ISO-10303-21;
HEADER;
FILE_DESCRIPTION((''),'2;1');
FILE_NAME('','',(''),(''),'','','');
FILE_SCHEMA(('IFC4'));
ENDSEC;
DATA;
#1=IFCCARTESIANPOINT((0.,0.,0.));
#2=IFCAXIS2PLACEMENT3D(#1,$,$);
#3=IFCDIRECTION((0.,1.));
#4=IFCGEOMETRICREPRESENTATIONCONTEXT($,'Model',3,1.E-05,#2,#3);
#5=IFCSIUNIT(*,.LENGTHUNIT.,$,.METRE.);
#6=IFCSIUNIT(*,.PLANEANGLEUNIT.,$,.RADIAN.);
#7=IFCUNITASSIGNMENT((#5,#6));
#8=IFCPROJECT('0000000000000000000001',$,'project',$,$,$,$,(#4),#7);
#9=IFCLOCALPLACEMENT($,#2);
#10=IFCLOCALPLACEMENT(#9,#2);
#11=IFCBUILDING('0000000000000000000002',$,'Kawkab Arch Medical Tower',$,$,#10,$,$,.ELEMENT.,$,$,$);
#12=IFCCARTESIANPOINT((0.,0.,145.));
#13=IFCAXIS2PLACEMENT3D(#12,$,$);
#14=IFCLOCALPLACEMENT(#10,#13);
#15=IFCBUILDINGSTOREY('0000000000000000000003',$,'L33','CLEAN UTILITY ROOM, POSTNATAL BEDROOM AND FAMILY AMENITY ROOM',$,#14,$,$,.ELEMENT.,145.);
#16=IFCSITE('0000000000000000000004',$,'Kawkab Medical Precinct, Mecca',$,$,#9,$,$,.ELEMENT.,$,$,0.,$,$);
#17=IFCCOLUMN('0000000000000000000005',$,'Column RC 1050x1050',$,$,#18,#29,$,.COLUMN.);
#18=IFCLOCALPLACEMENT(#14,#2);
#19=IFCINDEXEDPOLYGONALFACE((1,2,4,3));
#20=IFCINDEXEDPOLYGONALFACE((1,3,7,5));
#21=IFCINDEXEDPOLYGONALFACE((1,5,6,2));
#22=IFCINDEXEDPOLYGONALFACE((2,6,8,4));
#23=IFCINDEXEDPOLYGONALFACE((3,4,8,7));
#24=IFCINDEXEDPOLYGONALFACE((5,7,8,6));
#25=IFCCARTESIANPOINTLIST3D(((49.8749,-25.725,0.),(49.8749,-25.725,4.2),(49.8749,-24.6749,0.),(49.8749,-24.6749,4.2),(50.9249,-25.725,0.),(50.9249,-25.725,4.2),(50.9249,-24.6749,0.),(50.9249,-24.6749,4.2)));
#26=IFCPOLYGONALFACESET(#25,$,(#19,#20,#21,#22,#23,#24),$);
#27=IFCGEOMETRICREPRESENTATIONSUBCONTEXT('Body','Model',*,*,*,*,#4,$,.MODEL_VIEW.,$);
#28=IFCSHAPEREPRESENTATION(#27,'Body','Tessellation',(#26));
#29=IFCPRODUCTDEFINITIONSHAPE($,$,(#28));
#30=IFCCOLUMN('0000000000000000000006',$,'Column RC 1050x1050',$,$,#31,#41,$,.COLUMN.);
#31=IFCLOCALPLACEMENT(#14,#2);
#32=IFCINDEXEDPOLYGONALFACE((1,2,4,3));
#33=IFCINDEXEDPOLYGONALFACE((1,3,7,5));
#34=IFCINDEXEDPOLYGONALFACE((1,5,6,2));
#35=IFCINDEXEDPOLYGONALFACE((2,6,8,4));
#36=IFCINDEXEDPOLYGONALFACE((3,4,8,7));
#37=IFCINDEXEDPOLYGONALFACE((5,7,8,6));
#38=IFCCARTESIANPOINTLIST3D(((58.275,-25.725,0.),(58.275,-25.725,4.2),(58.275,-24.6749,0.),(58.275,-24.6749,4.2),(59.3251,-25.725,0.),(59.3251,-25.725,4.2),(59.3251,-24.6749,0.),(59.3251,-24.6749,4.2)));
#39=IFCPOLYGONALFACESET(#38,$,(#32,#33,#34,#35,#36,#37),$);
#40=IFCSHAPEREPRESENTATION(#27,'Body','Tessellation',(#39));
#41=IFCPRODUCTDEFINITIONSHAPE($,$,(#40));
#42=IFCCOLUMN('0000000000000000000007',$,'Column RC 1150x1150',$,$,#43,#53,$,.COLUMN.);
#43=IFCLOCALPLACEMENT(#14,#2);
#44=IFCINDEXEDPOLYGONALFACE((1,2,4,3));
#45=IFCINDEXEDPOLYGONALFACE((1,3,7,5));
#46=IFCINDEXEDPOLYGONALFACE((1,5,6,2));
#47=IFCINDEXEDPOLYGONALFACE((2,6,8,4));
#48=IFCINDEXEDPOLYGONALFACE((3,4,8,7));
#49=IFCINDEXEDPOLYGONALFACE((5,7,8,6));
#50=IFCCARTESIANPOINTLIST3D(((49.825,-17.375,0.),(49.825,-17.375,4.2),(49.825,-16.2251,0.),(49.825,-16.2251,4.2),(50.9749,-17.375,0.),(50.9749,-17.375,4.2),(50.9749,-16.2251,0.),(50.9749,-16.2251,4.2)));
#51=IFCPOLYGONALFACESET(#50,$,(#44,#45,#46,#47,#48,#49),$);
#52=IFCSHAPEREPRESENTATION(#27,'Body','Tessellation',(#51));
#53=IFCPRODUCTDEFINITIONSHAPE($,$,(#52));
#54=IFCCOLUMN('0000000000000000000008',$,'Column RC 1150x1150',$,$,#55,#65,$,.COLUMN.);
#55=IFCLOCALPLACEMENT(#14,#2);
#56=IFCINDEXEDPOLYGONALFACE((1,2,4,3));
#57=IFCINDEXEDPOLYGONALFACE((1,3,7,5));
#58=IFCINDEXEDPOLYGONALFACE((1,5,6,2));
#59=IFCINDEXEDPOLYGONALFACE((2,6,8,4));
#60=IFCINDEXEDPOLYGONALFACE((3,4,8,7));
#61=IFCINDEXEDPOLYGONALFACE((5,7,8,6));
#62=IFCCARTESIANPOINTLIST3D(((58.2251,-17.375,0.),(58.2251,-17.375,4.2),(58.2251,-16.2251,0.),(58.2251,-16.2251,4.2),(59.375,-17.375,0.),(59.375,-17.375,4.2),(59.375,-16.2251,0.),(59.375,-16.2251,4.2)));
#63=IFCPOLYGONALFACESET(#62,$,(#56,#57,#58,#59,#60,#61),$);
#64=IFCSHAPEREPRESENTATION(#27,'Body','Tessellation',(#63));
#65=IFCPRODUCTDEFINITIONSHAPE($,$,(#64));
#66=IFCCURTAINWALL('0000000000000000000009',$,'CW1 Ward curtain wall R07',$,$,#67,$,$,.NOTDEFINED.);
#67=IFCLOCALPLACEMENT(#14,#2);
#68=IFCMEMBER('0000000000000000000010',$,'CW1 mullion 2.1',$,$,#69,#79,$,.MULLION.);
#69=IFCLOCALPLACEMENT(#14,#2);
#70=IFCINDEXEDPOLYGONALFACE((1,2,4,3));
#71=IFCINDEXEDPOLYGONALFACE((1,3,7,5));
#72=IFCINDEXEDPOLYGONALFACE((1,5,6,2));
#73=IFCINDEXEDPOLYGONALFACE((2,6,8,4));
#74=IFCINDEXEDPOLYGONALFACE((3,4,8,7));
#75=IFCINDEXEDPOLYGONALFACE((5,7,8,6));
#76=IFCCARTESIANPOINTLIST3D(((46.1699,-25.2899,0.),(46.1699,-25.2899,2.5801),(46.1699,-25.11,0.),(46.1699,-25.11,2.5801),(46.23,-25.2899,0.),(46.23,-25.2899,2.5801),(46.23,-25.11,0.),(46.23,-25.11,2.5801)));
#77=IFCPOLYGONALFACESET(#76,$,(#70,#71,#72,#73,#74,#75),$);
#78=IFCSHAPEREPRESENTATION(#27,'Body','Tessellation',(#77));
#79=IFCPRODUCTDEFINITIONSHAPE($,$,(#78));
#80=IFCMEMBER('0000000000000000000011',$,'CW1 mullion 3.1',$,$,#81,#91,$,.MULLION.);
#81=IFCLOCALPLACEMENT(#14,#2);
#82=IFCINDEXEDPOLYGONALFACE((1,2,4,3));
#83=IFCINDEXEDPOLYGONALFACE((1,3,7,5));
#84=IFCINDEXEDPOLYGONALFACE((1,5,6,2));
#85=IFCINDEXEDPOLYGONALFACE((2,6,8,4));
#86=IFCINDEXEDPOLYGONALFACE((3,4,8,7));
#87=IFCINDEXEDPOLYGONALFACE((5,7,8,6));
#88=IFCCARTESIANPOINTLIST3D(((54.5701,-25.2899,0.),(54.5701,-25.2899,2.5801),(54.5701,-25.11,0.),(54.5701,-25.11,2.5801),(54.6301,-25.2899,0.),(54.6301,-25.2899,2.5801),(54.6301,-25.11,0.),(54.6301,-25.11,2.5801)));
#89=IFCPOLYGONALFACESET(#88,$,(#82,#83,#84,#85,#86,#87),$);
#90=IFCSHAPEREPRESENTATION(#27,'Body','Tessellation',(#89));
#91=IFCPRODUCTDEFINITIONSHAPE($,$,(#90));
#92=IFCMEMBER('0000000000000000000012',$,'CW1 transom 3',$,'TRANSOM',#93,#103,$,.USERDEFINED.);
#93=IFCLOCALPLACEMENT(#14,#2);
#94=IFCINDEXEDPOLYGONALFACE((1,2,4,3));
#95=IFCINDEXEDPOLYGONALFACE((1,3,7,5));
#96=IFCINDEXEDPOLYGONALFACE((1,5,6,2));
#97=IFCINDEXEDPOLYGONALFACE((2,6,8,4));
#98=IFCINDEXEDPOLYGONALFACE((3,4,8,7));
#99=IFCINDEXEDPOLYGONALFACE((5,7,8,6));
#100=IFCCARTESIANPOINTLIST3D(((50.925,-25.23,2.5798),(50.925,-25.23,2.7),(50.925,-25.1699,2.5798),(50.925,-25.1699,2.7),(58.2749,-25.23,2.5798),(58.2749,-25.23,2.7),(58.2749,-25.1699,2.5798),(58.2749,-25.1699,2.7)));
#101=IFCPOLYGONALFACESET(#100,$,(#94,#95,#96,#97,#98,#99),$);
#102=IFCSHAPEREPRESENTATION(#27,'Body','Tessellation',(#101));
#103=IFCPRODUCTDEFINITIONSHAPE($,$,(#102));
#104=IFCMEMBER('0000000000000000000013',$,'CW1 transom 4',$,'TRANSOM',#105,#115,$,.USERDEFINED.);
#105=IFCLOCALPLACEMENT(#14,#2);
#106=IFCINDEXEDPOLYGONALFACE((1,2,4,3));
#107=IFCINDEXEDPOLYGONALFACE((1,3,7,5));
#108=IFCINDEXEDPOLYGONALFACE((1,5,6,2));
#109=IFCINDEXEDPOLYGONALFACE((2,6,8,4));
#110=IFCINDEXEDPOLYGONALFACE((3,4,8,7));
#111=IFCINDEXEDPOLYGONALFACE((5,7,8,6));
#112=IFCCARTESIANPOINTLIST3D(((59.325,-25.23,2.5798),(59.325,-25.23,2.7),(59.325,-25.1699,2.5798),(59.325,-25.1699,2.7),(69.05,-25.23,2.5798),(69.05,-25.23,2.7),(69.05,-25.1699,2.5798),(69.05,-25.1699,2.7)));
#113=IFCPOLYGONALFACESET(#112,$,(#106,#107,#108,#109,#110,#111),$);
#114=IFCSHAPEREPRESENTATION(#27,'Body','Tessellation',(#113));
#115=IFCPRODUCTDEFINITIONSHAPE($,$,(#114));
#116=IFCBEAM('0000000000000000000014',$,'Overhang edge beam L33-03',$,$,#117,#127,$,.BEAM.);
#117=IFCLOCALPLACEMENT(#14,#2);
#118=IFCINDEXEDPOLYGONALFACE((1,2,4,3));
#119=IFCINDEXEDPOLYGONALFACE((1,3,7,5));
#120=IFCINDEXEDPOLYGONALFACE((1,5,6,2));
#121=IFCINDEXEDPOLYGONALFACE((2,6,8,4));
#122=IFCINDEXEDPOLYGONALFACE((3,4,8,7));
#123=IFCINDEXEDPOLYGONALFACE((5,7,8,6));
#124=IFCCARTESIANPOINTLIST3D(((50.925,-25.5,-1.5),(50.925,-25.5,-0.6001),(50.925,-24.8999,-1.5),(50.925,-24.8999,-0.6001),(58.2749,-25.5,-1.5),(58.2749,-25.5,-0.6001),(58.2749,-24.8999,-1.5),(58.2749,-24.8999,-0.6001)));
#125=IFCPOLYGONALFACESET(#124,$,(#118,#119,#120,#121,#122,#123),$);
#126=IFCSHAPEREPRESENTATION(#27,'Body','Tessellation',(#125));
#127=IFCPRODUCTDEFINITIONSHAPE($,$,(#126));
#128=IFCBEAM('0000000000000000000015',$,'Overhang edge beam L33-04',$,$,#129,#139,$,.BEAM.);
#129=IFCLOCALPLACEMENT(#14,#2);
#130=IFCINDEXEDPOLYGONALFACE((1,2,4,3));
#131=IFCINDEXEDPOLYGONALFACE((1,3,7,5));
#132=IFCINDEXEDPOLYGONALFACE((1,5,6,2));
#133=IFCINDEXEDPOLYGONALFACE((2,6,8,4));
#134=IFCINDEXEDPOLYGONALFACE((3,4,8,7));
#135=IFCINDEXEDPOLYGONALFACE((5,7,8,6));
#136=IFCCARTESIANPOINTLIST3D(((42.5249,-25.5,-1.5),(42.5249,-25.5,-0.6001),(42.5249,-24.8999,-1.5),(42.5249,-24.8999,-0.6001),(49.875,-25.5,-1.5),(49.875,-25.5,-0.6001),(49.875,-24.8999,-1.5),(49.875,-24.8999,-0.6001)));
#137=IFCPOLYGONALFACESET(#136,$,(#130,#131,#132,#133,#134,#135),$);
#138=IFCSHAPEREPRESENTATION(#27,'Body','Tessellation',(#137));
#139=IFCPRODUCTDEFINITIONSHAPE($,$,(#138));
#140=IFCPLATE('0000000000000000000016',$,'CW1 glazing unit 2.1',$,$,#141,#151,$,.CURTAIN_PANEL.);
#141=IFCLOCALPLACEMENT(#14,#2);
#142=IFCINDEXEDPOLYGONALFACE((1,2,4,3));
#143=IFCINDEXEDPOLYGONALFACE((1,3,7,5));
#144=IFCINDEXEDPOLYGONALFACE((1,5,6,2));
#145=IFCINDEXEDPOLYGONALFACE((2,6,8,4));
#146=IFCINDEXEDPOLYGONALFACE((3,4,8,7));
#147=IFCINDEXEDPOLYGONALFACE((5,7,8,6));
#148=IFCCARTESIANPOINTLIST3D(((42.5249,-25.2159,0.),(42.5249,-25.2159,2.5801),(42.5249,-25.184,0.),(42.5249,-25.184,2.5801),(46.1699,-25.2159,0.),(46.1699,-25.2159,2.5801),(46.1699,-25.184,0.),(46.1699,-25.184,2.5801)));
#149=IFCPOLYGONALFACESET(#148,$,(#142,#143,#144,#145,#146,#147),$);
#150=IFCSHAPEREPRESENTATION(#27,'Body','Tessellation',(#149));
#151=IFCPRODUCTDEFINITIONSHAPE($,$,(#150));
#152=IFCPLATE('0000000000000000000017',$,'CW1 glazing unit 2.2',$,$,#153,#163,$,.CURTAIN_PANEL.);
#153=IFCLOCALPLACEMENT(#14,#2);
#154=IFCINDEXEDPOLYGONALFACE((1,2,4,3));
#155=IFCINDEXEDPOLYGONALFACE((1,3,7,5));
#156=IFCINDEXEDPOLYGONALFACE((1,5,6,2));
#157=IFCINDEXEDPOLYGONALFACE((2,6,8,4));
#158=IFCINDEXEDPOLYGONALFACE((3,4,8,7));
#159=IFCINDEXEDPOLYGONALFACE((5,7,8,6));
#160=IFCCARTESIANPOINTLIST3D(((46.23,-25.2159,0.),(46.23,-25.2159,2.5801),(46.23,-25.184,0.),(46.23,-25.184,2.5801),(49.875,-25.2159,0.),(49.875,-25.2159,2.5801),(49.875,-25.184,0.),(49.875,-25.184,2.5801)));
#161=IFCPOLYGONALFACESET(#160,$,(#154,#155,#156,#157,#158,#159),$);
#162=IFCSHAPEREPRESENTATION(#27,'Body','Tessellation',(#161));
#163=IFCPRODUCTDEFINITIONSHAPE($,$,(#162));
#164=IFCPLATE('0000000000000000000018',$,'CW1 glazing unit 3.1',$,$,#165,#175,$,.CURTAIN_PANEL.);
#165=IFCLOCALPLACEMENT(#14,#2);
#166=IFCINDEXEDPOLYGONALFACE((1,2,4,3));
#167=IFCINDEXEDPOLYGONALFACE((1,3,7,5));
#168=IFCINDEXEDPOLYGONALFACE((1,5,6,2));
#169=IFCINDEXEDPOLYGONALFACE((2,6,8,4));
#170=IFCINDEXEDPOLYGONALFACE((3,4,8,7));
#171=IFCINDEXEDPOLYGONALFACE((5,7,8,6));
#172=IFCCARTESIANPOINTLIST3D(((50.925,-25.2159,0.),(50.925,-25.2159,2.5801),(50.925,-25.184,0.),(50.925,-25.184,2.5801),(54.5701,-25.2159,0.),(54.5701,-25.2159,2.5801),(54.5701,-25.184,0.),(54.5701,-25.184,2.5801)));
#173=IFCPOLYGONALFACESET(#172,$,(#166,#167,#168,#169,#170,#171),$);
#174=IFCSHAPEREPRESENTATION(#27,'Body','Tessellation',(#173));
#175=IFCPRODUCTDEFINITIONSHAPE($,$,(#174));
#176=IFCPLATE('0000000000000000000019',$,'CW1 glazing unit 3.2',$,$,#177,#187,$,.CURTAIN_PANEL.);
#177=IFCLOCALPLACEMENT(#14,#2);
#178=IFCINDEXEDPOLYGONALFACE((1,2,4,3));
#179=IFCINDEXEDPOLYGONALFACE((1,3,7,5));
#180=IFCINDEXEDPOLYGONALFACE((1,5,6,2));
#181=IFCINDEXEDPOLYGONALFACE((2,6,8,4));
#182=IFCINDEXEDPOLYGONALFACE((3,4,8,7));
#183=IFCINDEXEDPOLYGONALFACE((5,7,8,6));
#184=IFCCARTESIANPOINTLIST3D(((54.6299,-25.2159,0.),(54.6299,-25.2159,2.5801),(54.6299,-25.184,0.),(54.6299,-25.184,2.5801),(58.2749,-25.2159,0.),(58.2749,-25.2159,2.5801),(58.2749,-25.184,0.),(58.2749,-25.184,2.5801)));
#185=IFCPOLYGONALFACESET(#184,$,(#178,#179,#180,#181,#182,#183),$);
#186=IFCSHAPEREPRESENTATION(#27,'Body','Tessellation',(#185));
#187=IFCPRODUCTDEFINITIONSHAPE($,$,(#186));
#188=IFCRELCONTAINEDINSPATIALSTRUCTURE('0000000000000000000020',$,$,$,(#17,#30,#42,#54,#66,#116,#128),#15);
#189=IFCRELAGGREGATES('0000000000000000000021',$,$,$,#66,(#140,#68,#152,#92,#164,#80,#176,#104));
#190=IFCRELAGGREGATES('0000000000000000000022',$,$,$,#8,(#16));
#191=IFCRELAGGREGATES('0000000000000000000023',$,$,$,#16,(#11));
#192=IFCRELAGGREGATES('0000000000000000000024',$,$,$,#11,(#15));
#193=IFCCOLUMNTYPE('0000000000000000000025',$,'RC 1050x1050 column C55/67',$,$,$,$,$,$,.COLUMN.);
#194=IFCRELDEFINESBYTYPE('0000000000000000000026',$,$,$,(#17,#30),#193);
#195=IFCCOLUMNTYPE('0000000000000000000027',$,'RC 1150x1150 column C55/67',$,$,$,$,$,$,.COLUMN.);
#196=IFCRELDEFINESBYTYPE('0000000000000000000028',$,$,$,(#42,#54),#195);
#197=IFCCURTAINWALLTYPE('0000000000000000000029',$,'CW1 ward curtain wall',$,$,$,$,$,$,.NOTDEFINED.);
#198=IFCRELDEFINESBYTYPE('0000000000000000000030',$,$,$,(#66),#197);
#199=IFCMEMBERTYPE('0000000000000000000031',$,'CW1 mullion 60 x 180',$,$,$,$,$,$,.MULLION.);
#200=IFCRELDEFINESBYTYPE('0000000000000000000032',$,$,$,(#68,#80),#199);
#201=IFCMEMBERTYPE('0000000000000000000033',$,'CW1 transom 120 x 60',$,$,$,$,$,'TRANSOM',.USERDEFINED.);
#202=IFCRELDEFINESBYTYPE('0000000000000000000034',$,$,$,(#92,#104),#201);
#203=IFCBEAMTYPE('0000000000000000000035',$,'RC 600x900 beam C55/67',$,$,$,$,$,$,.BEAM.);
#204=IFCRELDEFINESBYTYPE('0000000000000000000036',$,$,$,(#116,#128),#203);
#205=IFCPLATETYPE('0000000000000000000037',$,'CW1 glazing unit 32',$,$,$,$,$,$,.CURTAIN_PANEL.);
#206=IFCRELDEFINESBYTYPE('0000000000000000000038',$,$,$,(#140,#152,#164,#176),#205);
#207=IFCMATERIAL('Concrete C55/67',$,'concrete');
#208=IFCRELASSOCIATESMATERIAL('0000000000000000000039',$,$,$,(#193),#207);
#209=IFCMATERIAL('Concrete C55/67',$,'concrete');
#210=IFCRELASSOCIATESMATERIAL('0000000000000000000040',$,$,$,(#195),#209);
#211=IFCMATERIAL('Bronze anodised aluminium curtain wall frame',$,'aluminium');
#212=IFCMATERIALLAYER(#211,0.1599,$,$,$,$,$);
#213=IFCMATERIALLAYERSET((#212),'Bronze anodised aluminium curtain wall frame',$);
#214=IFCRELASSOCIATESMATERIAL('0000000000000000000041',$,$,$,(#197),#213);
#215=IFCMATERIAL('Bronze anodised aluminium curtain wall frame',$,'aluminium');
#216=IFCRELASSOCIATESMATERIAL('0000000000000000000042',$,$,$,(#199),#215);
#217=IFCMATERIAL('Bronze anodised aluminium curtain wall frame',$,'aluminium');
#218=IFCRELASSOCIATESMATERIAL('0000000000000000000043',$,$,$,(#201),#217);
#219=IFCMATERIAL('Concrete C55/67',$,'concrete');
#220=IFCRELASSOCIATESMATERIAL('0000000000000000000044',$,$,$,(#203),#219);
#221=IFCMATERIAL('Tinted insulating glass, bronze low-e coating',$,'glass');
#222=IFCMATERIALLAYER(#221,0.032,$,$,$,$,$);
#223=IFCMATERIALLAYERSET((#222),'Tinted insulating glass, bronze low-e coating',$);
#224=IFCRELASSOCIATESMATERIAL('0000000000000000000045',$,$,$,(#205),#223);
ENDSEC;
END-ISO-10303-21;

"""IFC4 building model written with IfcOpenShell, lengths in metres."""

from ifc_helpers import new_model, si_unit, direction, frame, origin, origin_2d, place, context, subcontext, project, spatial, rectangle, extrude, material, layer, layer_set, material_profile, profile_set, type_object, element, aggregate, save


model = new_model("IFC4")

# Units and contexts
model_context = context("Model", 3, precision=1e-05, world=origin(), true_north=direction((0.0, 1.0)))
body_context = subcontext(model_context, "Body", "Model", "MODEL_VIEW")
ifc_project = project(units=[si_unit("LENGTHUNIT", "METRE"), si_unit("PLANEANGLEUNIT", "RADIAN")], contexts=[model_context])

# Site, building, storey
site_placement = place(None, origin())
site = spatial("IfcSite", under=ifc_project, at=site_placement, Name="Kawkab Medical Precinct, Mecca", CompositionType="ELEMENT", RefElevation=0.0)
building_placement = place(site_placement, origin())
building = spatial("IfcBuilding", under=site, at=building_placement, Name="Kawkab Arch Medical Tower", CompositionType="ELEMENT")
storey_placement = place(building_placement, frame((0.0, 0.0, 145.0)))
storey = spatial("IfcBuildingStorey", under=building, at=storey_placement, Name="L33", Description="CLEAN UTILITY ROOM, POSTNATAL BEDROOM AND FAMILY AMENITY ROOM", CompositionType="ELEMENT", Elevation=145.0)

# Columns
ifc_material_1 = material(Name="Concrete C55/67", Category="concrete")
ifc_material_profile_1 = material_profile(ifc_material_1, rectangle(XDim=1.05, YDim=1.05, at=origin_2d()), Name="RC 1050x1050")
ifc_profile_set_1 = profile_set([ifc_material_profile_1], Name="Concrete C55/67")
column_type_1 = type_object("IfcColumnType", Name="RC 1050x1050 column C55/67", PredefinedType="COLUMN", material=ifc_profile_set_1)
for number, where, z_axis, x_axis, name in (
    (1, (50.3999, -25.2, 0.0), (0.0, 0.0, 1.0), (1.0, 0.0, 0.0), "Column RC 1050x1050"),
    (2, (58.8, -25.2, 0.0), (0.0, 0.0, 1.0), (1.0, 0.0, 0.0), "Column RC 1050x1050"),
):
    element("IfcColumn", number, at=place(storey_placement, frame(where, z_axis=z_axis, x_axis=x_axis)), inside=storey, type_object=column_type_1, Name=name, PredefinedType="COLUMN", context=body_context, shape_type="SweptSolid", body=[
        extrude(rectangle(XDim=1.05, YDim=1.05, at=origin_2d()), origin(), (0.0, 0.0, 1.0), 4.2),
    ])
ifc_material_2 = material(Name="Concrete C55/67", Category="concrete")
ifc_material_profile_2 = material_profile(ifc_material_2, rectangle(XDim=1.1499, YDim=1.1499, at=origin_2d()), Name="RC 1150x1150")
ifc_profile_set_2 = profile_set([ifc_material_profile_2], Name="Concrete C55/67")
column_type_2 = type_object("IfcColumnType", Name="RC 1150x1150 column C55/67", PredefinedType="COLUMN", material=ifc_profile_set_2)
for number, where, z_axis, x_axis, name in (
    (3, (50.3999, -16.8, 0.0), (0.0, 0.0, 1.0), (1.0, 0.0, 0.0), "Column RC 1150x1150"),
    (4, (58.8, -16.8, 0.0), (0.0, 0.0, 1.0), (1.0, 0.0, 0.0), "Column RC 1150x1150"),
):
    element("IfcColumn", number, at=place(storey_placement, frame(where, z_axis=z_axis, x_axis=x_axis)), inside=storey, type_object=column_type_2, Name=name, PredefinedType="COLUMN", context=body_context, shape_type="SweptSolid", body=[
        extrude(rectangle(XDim=1.1499, YDim=1.1499, at=origin_2d()), origin(), (0.0, 0.0, 1.0), 4.2),
    ])

# Curtain wall, members
ifc_material_3 = material(Name="Bronze anodised aluminium curtain wall frame", Category="aluminium")
ifc_layer_1 = layer(ifc_material_3, 0.1599)
ifc_layer_set_1 = layer_set([ifc_layer_1], Name="Bronze anodised aluminium curtain wall frame")
curtain_wall_type = type_object("IfcCurtainWallType", Name="CW1 ward curtain wall", PredefinedType="NOTDEFINED", material=ifc_layer_set_1)
curtain_wall_placement = place(storey_placement, origin())
curtain_wall = element("IfcCurtainWall", 5, at=curtain_wall_placement, inside=storey, type_object=curtain_wall_type, Name="CW1 Ward curtain wall R07", PredefinedType="NOTDEFINED")
ifc_material_4 = material(Name="Bronze anodised aluminium curtain wall frame", Category="aluminium")
ifc_material_profile_3 = material_profile(ifc_material_4, rectangle(XDim=0.1799, YDim=0.0601, at=origin_2d()), Name="AL 60x180")
ifc_profile_set_3 = profile_set([ifc_material_profile_3], Name="Bronze anodised aluminium curtain wall frame")
member_type_1 = type_object("IfcMemberType", Name="CW1 mullion 60 x 180", PredefinedType="MULLION", material=ifc_profile_set_3)
member_1_placement = place(storey_placement, frame((46.2, -25.2, 0.0), z_axis=(0.0, 0.0, 1.0), x_axis=(0.0, 1.0, 0.0)))
member_1 = element("IfcMember", 6, at=member_1_placement, type_object=member_type_1, Name="CW1 mullion 2.1", PredefinedType="MULLION", context=body_context, shape_type="SweptSolid", body=[
    extrude(rectangle(XDim=0.1799, YDim=0.0601, at=origin_2d()), origin(), (0.0, 0.0, 1.0), 2.5801),
])
member_2_placement = place(storey_placement, frame((54.6001, -25.2, 0.0), z_axis=(0.0, 0.0, 1.0), x_axis=(0.0, 1.0, 0.0)))
member_2 = element("IfcMember", 7, at=member_2_placement, type_object=member_type_1, Name="CW1 mullion 3.1", PredefinedType="MULLION", context=body_context, shape_type="SweptSolid", body=[
    extrude(rectangle(XDim=0.1799, YDim=0.0601, at=origin_2d()), origin(), (0.0, 0.0, 1.0), 2.5801),
])
ifc_material_5 = material(Name="Bronze anodised aluminium curtain wall frame", Category="aluminium")
ifc_material_profile_4 = material_profile(ifc_material_5, rectangle(XDim=0.0601, YDim=0.1201, at=origin_2d()), Name="AL 60x120")
ifc_profile_set_4 = profile_set([ifc_material_profile_4], Name="Bronze anodised aluminium curtain wall frame")
member_type_2 = type_object("IfcMemberType", Name="CW1 transom 120 x 60", ElementType="TRANSOM", PredefinedType="USERDEFINED", material=ifc_profile_set_4)
member_3_placement = place(storey_placement, frame((50.925, -25.2, 2.6399), z_axis=(1.0, 0.0, 0.0), x_axis=(0.0, 1.0, 0.0)))
member_3 = element("IfcMember", 8, at=member_3_placement, type_object=member_type_2, Name="CW1 transom 3", ObjectType="TRANSOM", PredefinedType="USERDEFINED", context=body_context, shape_type="SweptSolid", body=[
    extrude(rectangle(XDim=0.0601, YDim=0.1201, at=origin_2d()), origin(), (0.0, 0.0, 1.0), 7.3499),
])
member_4_placement = place(storey_placement, frame((59.325, -25.2, 2.6399), z_axis=(1.0, 0.0, 0.0), x_axis=(0.0, 1.0, 0.0)))
member_4 = element("IfcMember", 9, at=member_4_placement, type_object=member_type_2, Name="CW1 transom 4", ObjectType="TRANSOM", PredefinedType="USERDEFINED", context=body_context, shape_type="SweptSolid", body=[
    extrude(rectangle(XDim=0.0601, YDim=0.1201, at=origin_2d()), origin(), (0.0, 0.0, 1.0), 9.7251),
])

# Beams
ifc_material_6 = material(Name="Concrete C55/67", Category="concrete")
ifc_material_profile_5 = material_profile(ifc_material_6, rectangle(XDim=0.6001, YDim=0.8999, at=origin_2d()), Name="RC 600x900")
ifc_profile_set_5 = profile_set([ifc_material_profile_5], Name="Concrete C55/67")
beam_type = type_object("IfcBeamType", Name="RC 600x900 beam C55/67", PredefinedType="BEAM", material=ifc_profile_set_5)
beam_1_placement = place(storey_placement, frame((58.2749, -25.2, -1.05), z_axis=(-1.0, 0.0, 0.0), x_axis=(0.0, -1.0, 0.0)))
element("IfcBeam", 10, at=beam_1_placement, inside=storey, type_object=beam_type, Name="Overhang edge beam L33-03", PredefinedType="BEAM", context=body_context, shape_type="SweptSolid", body=[
    extrude(rectangle(XDim=0.6001, YDim=0.8999, at=origin_2d()), origin(), (0.0, 0.0, 1.0), 7.3499),
])
beam_2_placement = place(storey_placement, frame((49.875, -25.2, -1.05), z_axis=(-1.0, 0.0, 0.0), x_axis=(0.0, -1.0, 0.0)))
element("IfcBeam", 11, at=beam_2_placement, inside=storey, type_object=beam_type, Name="Overhang edge beam L33-04", PredefinedType="BEAM", context=body_context, shape_type="SweptSolid", body=[
    extrude(rectangle(XDim=0.6001, YDim=0.8999, at=origin_2d()), origin(), (0.0, 0.0, 1.0), 7.3501),
])

# Plates
ifc_material_7 = material(Name="Tinted insulating glass, bronze low-e coating", Category="glass")
ifc_layer_2 = layer(ifc_material_7, 0.032)
ifc_layer_set_2 = layer_set([ifc_layer_2], Name="Tinted insulating glass, bronze low-e coating")
plate_type = type_object("IfcPlateType", Name="CW1 glazing unit 32", PredefinedType="CURTAIN_PANEL", material=ifc_layer_set_2)
plate_1_placement = place(storey_placement, frame((44.3474, -25.2, 0.0), z_axis=(0.0, 0.0, 1.0), x_axis=(1.0, 0.0, 0.0)))
plate_1 = element("IfcPlate", 12, at=plate_1_placement, type_object=plate_type, Name="CW1 glazing unit 2.1", PredefinedType="CURTAIN_PANEL", context=body_context, shape_type="SweptSolid", body=[
    extrude(rectangle(XDim=3.645, YDim=0.032, at=origin_2d()), origin(), (0.0, 0.0, 1.0), 2.5801),
])
plate_2_placement = place(storey_placement, frame((48.0525, -25.2, 0.0), z_axis=(0.0, 0.0, 1.0), x_axis=(1.0, 0.0, 0.0)))
plate_2 = element("IfcPlate", 13, at=plate_2_placement, type_object=plate_type, Name="CW1 glazing unit 2.2", PredefinedType="CURTAIN_PANEL", context=body_context, shape_type="SweptSolid", body=[
    extrude(rectangle(XDim=3.645, YDim=0.032, at=origin_2d()), origin(), (0.0, 0.0, 1.0), 2.5801),
])
plate_3_placement = place(storey_placement, frame((52.7476, -25.2, 0.0), z_axis=(0.0, 0.0, 1.0), x_axis=(1.0, 0.0, 0.0)))
plate_3 = element("IfcPlate", 14, at=plate_3_placement, type_object=plate_type, Name="CW1 glazing unit 3.1", PredefinedType="CURTAIN_PANEL", context=body_context, shape_type="SweptSolid", body=[
    extrude(rectangle(XDim=3.645, YDim=0.032, at=origin_2d()), origin(), (0.0, 0.0, 1.0), 2.5801),
])
plate_4_placement = place(storey_placement, frame((56.4524, -25.2, 0.0), z_axis=(0.0, 0.0, 1.0), x_axis=(1.0, 0.0, 0.0)))
plate_4 = element("IfcPlate", 15, at=plate_4_placement, type_object=plate_type, Name="CW1 glazing unit 3.2", PredefinedType="CURTAIN_PANEL", context=body_context, shape_type="SweptSolid", body=[
    extrude(rectangle(XDim=3.645, YDim=0.032, at=origin_2d()), origin(), (0.0, 0.0, 1.0), 2.5801),
])
aggregate(curtain_wall, [plate_1, member_1, plate_2, member_3, plate_3, member_2, plate_4, member_4])

save(model, "model.ifc")
